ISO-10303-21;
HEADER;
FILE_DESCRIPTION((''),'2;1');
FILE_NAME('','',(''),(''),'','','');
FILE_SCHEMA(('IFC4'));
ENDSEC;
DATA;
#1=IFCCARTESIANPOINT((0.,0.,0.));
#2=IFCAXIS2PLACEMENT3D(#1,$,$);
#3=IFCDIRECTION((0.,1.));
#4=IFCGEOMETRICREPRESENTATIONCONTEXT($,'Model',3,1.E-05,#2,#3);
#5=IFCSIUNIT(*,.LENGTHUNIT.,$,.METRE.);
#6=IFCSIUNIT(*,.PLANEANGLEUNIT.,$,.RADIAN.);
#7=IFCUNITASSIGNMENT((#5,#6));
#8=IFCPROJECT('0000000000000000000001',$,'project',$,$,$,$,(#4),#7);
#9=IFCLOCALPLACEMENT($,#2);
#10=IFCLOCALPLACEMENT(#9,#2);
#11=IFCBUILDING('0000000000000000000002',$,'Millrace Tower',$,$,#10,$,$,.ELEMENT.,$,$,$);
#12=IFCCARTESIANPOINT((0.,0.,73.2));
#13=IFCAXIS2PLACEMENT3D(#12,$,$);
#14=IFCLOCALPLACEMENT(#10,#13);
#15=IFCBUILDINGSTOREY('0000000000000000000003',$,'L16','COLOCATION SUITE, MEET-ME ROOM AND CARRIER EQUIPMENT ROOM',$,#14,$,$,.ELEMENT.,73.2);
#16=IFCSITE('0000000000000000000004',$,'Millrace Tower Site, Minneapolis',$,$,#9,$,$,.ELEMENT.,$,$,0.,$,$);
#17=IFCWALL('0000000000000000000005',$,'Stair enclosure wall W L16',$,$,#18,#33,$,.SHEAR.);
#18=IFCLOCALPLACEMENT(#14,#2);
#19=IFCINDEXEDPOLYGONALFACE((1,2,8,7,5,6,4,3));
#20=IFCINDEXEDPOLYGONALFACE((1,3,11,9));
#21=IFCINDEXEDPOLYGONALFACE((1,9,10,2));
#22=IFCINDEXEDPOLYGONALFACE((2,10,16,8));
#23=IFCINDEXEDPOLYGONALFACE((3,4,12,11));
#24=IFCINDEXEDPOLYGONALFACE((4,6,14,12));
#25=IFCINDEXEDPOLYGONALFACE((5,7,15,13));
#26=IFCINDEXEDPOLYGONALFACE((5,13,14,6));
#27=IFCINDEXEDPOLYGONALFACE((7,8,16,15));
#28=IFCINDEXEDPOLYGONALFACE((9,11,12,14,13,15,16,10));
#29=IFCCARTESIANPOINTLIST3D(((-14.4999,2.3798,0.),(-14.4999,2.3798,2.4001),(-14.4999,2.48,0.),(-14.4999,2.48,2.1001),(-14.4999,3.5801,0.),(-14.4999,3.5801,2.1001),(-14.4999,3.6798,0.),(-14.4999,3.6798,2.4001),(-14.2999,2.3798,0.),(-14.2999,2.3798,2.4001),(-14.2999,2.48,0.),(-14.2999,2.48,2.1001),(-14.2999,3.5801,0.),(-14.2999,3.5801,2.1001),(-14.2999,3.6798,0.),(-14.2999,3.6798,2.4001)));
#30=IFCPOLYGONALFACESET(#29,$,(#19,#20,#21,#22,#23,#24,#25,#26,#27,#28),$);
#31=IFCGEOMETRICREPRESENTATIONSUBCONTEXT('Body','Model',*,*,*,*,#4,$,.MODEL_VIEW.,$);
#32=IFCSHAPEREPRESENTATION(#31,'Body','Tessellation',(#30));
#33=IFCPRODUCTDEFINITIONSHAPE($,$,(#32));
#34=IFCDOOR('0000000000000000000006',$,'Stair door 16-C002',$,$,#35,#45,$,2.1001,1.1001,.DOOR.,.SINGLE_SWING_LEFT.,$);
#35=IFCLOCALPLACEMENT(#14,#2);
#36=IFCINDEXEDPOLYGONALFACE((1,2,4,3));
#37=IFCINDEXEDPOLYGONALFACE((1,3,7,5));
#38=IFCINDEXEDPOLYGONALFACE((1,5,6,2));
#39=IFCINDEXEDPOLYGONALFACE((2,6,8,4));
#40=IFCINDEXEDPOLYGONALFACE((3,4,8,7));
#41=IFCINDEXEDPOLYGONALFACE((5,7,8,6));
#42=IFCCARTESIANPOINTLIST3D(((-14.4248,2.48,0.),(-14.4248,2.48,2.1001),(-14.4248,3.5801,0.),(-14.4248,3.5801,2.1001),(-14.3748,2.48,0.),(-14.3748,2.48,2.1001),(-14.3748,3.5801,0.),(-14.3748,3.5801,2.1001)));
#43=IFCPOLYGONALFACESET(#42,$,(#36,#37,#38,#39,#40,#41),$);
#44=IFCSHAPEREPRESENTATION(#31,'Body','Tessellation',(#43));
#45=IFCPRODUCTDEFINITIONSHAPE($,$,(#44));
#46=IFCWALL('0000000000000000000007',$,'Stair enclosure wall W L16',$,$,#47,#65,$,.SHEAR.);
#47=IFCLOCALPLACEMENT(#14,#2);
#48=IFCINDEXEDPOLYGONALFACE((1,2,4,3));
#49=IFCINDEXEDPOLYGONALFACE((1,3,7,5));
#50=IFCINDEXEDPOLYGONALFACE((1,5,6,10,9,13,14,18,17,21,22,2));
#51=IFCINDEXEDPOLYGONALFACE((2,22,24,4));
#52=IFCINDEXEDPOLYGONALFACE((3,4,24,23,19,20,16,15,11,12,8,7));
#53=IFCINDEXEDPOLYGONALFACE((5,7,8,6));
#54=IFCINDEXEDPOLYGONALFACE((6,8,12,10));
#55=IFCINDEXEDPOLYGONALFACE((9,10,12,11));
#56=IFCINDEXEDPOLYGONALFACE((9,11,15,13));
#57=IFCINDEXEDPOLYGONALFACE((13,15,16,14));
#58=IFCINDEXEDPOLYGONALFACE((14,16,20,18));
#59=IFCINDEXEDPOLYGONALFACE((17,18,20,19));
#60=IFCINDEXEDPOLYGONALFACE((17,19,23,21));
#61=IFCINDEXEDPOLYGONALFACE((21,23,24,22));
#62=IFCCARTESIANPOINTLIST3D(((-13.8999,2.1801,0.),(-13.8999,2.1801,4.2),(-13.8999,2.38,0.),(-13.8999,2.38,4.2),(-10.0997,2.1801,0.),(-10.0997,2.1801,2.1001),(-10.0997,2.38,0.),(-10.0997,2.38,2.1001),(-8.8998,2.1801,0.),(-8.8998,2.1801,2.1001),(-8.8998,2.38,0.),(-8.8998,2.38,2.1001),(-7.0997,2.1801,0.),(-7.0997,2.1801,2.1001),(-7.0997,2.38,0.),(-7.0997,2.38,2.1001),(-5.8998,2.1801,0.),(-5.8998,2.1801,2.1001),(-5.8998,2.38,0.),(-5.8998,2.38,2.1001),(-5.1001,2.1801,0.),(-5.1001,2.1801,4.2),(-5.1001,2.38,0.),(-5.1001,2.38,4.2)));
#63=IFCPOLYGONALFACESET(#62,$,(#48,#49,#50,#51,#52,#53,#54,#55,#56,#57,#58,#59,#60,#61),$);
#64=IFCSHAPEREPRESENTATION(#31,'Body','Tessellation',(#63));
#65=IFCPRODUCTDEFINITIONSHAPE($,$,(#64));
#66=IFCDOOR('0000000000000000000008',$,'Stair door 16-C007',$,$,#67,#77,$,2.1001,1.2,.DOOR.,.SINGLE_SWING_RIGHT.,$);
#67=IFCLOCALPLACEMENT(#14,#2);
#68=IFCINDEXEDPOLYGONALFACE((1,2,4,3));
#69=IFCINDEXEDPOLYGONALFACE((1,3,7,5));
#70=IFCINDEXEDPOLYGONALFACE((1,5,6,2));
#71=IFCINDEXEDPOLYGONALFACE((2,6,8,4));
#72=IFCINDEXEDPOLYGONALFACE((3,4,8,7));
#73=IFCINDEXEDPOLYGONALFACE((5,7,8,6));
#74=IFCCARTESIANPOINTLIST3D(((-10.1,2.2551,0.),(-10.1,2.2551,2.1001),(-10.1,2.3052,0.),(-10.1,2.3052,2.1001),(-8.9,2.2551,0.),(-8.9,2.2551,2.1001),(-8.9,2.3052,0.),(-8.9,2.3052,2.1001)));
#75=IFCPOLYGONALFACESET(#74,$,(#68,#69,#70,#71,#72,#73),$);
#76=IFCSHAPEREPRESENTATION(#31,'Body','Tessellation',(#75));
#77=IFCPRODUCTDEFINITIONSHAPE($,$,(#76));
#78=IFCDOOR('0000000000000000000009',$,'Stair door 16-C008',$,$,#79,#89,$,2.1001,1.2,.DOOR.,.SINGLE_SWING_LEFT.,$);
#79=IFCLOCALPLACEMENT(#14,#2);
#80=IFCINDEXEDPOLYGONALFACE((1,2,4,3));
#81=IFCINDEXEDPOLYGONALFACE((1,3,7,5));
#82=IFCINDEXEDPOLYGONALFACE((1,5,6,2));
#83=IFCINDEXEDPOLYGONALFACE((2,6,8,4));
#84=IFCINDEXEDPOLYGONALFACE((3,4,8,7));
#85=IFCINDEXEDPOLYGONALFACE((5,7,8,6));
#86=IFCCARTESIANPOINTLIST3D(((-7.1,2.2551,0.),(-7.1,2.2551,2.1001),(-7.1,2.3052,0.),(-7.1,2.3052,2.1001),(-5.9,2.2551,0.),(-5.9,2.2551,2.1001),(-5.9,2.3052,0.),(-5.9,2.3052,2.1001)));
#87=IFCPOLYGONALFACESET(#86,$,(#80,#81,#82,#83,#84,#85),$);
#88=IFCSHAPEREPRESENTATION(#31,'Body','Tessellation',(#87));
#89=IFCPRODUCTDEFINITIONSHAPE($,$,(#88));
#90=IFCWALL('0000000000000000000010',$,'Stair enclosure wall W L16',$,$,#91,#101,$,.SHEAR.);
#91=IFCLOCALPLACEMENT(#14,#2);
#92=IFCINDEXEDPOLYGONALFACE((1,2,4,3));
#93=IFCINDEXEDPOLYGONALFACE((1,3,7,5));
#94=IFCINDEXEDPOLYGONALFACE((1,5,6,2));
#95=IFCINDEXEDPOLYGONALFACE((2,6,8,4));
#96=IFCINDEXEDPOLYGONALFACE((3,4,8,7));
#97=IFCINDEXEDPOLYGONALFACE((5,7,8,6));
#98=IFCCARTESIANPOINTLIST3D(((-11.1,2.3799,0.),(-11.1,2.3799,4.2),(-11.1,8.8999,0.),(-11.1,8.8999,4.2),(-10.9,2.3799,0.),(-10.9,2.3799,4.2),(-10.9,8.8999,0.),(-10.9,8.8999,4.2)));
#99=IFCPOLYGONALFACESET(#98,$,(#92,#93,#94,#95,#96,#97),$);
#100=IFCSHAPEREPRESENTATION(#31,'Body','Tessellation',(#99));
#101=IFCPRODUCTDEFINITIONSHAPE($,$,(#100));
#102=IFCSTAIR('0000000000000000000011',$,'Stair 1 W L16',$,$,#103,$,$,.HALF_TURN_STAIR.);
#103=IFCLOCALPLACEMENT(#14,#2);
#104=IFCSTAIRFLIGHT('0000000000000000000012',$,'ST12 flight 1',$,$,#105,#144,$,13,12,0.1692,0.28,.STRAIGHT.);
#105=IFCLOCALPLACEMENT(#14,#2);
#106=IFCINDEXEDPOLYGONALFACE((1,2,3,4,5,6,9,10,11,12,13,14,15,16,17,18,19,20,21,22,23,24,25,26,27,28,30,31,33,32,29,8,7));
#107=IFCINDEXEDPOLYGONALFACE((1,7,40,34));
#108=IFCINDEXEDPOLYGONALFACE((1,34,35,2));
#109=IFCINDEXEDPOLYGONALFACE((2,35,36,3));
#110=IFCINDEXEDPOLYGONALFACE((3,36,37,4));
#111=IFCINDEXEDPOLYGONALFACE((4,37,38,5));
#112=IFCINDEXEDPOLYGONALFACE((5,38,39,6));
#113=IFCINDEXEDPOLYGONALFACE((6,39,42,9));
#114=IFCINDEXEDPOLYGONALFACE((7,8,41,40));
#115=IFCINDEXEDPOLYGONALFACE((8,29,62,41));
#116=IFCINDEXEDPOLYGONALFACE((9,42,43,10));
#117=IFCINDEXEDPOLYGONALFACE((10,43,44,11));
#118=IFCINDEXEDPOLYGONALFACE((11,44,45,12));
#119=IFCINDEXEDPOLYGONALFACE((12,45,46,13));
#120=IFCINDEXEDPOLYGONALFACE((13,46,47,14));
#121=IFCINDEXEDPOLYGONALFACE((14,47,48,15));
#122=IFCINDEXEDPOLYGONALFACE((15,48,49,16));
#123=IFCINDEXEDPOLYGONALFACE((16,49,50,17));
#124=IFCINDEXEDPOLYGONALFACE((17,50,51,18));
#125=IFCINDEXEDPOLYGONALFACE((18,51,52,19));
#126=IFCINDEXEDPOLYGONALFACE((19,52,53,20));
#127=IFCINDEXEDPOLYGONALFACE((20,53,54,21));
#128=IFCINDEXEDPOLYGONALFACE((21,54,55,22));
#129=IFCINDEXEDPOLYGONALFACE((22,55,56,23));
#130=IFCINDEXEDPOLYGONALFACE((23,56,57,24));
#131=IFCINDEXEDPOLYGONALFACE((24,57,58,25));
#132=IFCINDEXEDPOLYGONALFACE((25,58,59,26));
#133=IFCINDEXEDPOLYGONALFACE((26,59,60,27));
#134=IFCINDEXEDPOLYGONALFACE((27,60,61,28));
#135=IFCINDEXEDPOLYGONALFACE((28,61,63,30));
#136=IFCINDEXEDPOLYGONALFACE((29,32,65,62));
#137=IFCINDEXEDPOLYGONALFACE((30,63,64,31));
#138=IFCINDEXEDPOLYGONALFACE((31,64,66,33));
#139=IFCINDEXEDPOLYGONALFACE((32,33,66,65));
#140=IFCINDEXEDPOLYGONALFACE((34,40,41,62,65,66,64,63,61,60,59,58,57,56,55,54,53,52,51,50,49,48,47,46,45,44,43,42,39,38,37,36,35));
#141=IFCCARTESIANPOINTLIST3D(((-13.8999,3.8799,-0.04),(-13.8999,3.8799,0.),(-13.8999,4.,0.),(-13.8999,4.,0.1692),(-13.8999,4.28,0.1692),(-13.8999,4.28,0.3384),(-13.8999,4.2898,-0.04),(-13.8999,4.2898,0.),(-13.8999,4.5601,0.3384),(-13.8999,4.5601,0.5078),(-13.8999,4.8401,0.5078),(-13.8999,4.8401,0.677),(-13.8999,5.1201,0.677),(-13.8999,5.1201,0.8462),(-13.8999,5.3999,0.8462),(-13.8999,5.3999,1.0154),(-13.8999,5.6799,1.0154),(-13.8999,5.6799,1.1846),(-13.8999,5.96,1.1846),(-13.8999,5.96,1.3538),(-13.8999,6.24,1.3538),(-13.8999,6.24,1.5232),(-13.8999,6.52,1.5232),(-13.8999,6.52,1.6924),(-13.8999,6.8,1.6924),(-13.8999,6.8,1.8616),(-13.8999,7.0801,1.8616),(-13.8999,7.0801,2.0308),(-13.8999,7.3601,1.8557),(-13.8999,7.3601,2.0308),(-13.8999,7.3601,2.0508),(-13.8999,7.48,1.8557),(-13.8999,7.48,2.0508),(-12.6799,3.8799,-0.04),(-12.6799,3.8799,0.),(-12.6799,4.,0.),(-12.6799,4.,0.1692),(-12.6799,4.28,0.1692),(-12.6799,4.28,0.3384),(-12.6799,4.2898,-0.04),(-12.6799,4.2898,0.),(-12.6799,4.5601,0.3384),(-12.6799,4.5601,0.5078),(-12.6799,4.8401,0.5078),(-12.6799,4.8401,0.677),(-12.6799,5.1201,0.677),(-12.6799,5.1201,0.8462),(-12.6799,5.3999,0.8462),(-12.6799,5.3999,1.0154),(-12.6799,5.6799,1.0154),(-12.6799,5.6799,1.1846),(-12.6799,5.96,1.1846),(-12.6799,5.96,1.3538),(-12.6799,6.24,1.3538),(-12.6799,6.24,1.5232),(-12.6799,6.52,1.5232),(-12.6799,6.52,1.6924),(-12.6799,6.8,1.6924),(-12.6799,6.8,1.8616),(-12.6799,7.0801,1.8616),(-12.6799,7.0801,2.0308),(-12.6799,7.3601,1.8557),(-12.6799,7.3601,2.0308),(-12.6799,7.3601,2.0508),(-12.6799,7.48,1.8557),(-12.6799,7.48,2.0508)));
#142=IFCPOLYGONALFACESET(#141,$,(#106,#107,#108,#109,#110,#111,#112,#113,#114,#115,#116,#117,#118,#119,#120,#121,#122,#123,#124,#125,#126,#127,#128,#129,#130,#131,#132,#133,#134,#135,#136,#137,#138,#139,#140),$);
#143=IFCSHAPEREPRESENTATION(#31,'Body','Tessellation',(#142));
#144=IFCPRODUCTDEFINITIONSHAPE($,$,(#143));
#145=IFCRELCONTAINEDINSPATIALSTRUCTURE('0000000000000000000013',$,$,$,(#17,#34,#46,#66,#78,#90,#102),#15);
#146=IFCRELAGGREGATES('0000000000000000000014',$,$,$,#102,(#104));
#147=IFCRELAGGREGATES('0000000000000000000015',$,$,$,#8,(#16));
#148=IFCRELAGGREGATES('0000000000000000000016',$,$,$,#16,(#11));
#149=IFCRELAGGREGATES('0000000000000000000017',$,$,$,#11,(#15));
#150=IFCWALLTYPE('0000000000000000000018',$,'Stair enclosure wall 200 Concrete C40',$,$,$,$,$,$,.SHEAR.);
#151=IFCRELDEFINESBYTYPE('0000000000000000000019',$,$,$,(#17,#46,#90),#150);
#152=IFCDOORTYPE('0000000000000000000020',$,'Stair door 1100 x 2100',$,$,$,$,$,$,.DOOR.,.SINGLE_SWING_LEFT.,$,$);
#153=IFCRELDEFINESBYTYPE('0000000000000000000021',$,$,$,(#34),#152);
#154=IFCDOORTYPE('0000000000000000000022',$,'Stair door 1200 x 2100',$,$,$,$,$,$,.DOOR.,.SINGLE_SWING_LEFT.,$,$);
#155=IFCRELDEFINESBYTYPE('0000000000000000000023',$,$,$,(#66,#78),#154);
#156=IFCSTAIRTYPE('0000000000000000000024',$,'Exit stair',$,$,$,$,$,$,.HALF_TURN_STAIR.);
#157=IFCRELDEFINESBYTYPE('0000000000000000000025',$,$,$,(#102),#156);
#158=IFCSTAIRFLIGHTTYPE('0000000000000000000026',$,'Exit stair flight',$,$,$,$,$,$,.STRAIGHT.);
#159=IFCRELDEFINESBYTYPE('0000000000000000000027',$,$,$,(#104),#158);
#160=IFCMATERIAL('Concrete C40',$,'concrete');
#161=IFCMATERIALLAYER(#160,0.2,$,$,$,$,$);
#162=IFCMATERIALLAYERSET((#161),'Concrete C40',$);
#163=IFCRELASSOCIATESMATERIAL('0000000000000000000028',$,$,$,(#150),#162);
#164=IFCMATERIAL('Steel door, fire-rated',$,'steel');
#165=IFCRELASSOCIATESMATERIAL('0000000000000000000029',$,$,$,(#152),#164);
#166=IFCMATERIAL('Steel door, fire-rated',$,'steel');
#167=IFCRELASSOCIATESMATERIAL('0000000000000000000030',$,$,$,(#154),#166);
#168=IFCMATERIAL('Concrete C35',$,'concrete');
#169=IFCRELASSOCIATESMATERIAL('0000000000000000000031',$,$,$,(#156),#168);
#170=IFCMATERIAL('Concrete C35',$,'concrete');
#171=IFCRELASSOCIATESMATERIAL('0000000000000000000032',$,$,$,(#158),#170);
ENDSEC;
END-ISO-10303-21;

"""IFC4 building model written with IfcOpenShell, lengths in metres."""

from ifc_helpers import new_model, si_unit, direction, frame, frame_2d, origin, place, context, subcontext, project, spatial, polyline, rectangle, outline, extrude, material, layer, layer_set, type_object, element, fill, aggregate, save


model = new_model("IFC4")

# Units and contexts
model_context = context("Model", 3, precision=1e-05, world=origin(), true_north=direction((0.0, 1.0)))
body_context = subcontext(model_context, "Body", "Model", "MODEL_VIEW")
ifc_project = project(units=[si_unit("LENGTHUNIT", "METRE"), si_unit("PLANEANGLEUNIT", "RADIAN")], contexts=[model_context])

# Site, building, storey
site_placement = place(None, origin())
site = spatial("IfcSite", under=ifc_project, at=site_placement, Name="Millrace Tower Site, Minneapolis", CompositionType="ELEMENT", RefElevation=0.0)
building_placement = place(site_placement, origin())
building = spatial("IfcBuilding", under=site, at=building_placement, Name="Millrace Tower", CompositionType="ELEMENT")
storey_placement = place(building_placement, frame((0.0, 0.0, 73.2)))
storey = spatial("IfcBuildingStorey", under=building, at=storey_placement, Name="L16", Description="COLOCATION SUITE, MEET-ME ROOM AND CARRIER EQUIPMENT ROOM", CompositionType="ELEMENT", Elevation=73.2)

# Shared definitions
placement = place(storey_placement, origin())

# Wall, opening, door
ifc_material_1 = material(Name="Concrete C40", Category="concrete")
ifc_layer_1 = layer(ifc_material_1, 0.2)
ifc_layer_set_1 = layer_set([ifc_layer_1], Name="Concrete C40")
wall_type_1 = type_object("IfcWallType", Name="Stair enclosure wall 200 Concrete C40", PredefinedType="SHEAR", material=ifc_layer_set_1)
wall_1_placement = place(storey_placement, frame((-14.3999, 2.3799, 0.0), z_axis=(0.0, 0.0, 1.0), x_axis=(0.0, 1.0, 0.0)))
wall_1 = element("IfcWall", 1, at=wall_1_placement, inside=storey, type_object=wall_type_1, Name="Stair enclosure wall W L16", PredefinedType="SHEAR", context=body_context, shape_type="SweptSolid", body=[
    extrude(rectangle(XDim=1.3, YDim=0.2, at=frame_2d((0.6499, 0.0))), origin(), (0.0, 0.0, 1.0), 2.4001),
])
opening_1_placement = place(wall_1_placement, frame((0.1001, 0.0, 0.0)))
opening_1 = element("IfcOpeningElement", 2, at=opening_1_placement, cuts=wall_1, PredefinedType="OPENING", context=body_context, shape_type="SweptSolid", body=[
    extrude(rectangle(XDim=1.1001, YDim=2.1001, at=frame_2d((0.55, 1.05))), frame((0.0, 0.1099, 0.0), z_axis=(0.0, -1.0, 0.0), x_axis=(1.0, 0.0, 0.0)), (0.0, 0.0, 1.0), 0.22),
])
ifc_material_2 = material(Name="Steel door, fire-rated", Category="steel")
door_type_1 = type_object("IfcDoorType", Name="Stair door 1100 x 2100", OperationType="SINGLE_SWING_LEFT", PredefinedType="DOOR", material=ifc_material_2)
door_1_placement = place(opening_1_placement, origin())
door_1 = element("IfcDoor", 3, at=door_1_placement, inside=storey, type_object=door_type_1, Name="Stair door 16-C002", OperationType="SINGLE_SWING_LEFT", OverallHeight=2.1001, OverallWidth=1.1001, PredefinedType="DOOR", context=body_context, shape_type="SweptSolid", body=[
    extrude(rectangle(XDim=1.1001, YDim=2.1001, at=frame_2d((0.55, 1.05))), frame((0.0, 0.0249, 0.0), z_axis=(0.0, -1.0, 0.0), x_axis=(1.0, 0.0, 0.0)), (0.0, 0.0, 1.0), 0.05),
])
fill(opening_1, door_1)

# Wall, openings, doors
wall_2_placement = place(storey_placement, frame((-13.8999, 2.28, 0.0), z_axis=(0.0, 0.0, 1.0), x_axis=(1.0, 0.0, 0.0)))
wall_2 = element("IfcWall", 4, at=wall_2_placement, inside=storey, type_object=wall_type_1, Name="Stair enclosure wall W L16", PredefinedType="SHEAR", context=body_context, shape_type="SweptSolid", body=[
    extrude(rectangle(XDim=8.7998, YDim=0.2, at=frame_2d((4.3999, 0.0))), origin(), (0.0, 0.0, 1.0), 4.2),
])
opening_2_placement = place(wall_2_placement, frame((3.8, 0.0, 0.0)))
opening_2 = element("IfcOpeningElement", 5, at=opening_2_placement, cuts=wall_2, PredefinedType="OPENING", context=body_context, shape_type="SweptSolid", body=[
    extrude(rectangle(XDim=1.2, YDim=2.1001, at=frame_2d((0.6001, 1.05))), frame((0.0, 0.1099, 0.0), z_axis=(0.0, -1.0, 0.0), x_axis=(1.0, 0.0, 0.0)), (0.0, 0.0, 1.0), 0.22),
])
opening_3_placement = place(wall_2_placement, frame((6.8, 0.0, 0.0)))
opening_3 = element("IfcOpeningElement", 6, at=opening_3_placement, cuts=wall_2, PredefinedType="OPENING", context=body_context, shape_type="SweptSolid", body=[
    extrude(rectangle(XDim=1.2, YDim=2.1001, at=frame_2d((0.6001, 1.05))), frame((0.0, 0.1099, 0.0), z_axis=(0.0, -1.0, 0.0), x_axis=(1.0, 0.0, 0.0)), (0.0, 0.0, 1.0), 0.22),
])
ifc_material_3 = material(Name="Steel door, fire-rated", Category="steel")
door_type_2 = type_object("IfcDoorType", Name="Stair door 1200 x 2100", OperationType="SINGLE_SWING_LEFT", PredefinedType="DOOR", material=ifc_material_3)
door_2_placement = place(opening_2_placement, frame((1.2, 0.0, 0.0), z_axis=(0.0, 0.0, 1.0), x_axis=(-1.0, 0.0, 0.0)))
door_2 = element("IfcDoor", 7, at=door_2_placement, inside=storey, type_object=door_type_2, Name="Stair door 16-C007", OperationType="SINGLE_SWING_RIGHT", OverallHeight=2.1001, OverallWidth=1.2, PredefinedType="DOOR", context=body_context, shape_type="SweptSolid", body=[
    extrude(rectangle(XDim=1.2, YDim=2.1001, at=frame_2d((0.6001, 1.05))), frame((0.0, 0.0249, 0.0), z_axis=(0.0, -1.0, 0.0), x_axis=(1.0, 0.0, 0.0)), (0.0, 0.0, 1.0), 0.05),
])
fill(opening_2, door_2)
door_3_placement = place(opening_3_placement, frame((1.2, 0.0, 0.0), z_axis=(0.0, 0.0, 1.0), x_axis=(-1.0, 0.0, 0.0)))
door_3 = element("IfcDoor", 8, at=door_3_placement, inside=storey, type_object=door_type_2, Name="Stair door 16-C008", OperationType="SINGLE_SWING_LEFT", OverallHeight=2.1001, OverallWidth=1.2, PredefinedType="DOOR", context=body_context, shape_type="SweptSolid", body=[
    extrude(rectangle(XDim=1.2, YDim=2.1001, at=frame_2d((0.6001, 1.05))), frame((0.0, 0.0249, 0.0), z_axis=(0.0, -1.0, 0.0), x_axis=(1.0, 0.0, 0.0)), (0.0, 0.0, 1.0), 0.05),
])
fill(opening_3, door_3)

# Wall
wall_3_placement = place(storey_placement, frame((-11.0, 2.3799, 0.0), z_axis=(0.0, 0.0, 1.0), x_axis=(0.0, 1.0, 0.0)))
element("IfcWall", 9, at=wall_3_placement, inside=storey, type_object=wall_type_1, Name="Stair enclosure wall W L16", PredefinedType="SHEAR", context=body_context, shape_type="SweptSolid", body=[
    extrude(rectangle(XDim=6.52, YDim=0.2, at=frame_2d((3.26, 0.0))), origin(), (0.0, 0.0, 1.0), 4.2),
])

# Stair, stair flight
ifc_material_4 = material(Name="Concrete C35", Category="concrete")
stair_type = type_object("IfcStairType", Name="Exit stair", PredefinedType="HALF_TURN_STAIR", material=ifc_material_4)
stair_1 = element("IfcStair", 10, at=placement, inside=storey, type_object=stair_type, Name="Stair 1 W L16", PredefinedType="HALF_TURN_STAIR")
ifc_material_5 = material(Name="Concrete C35", Category="concrete")
stair_flight_type = type_object("IfcStairFlightType", Name="Exit stair flight", PredefinedType="STRAIGHT", material=ifc_material_5)
stair_flight_1_placement = place(storey_placement, frame((-13.29, 4.0, 0.0), z_axis=(0.0, 0.0, 1.0), x_axis=(0.0, 1.0, 0.0)))
stair_flight_1 = element("IfcStairFlight", 11, at=stair_flight_1_placement, type_object=stair_flight_type, Name="ST12 flight 1", NumberOfRisers=13, NumberOfTreads=12, PredefinedType="STRAIGHT", RiserHeight=0.1692, TreadLength=0.28, context=body_context, shape_type="SweptSolid", body=[
    extrude(outline(polyline([(-0.1201, -0.04), (-0.1201, 0.0), (0.0, 0.0), (0.0, 0.1692), (0.28, 0.1692), (0.28, 0.3384), (0.5601, 0.3384), (0.5601, 0.5078), (0.8401, 0.5078), (0.8401, 0.677), (1.1201, 0.677), (1.1201, 0.8462), (1.3999, 0.8462), (1.3999, 1.0154), (1.6799, 1.0154), (1.6799, 1.1846), (1.96, 1.1846), (1.96, 1.3538), (2.24, 1.3538), (2.24, 1.5232), (2.52, 1.5232), (2.52, 1.6924), (2.8, 1.6924), (2.8, 1.8616), (3.0801, 1.8616), (3.0801, 2.0308), (3.3601, 2.0308), (3.3601, 2.0508), (3.48, 2.0508), (3.48, 1.8557), (3.3601, 1.8557), (0.2898, 0.0), (0.2898, -0.04), (-0.1201, -0.04)])), frame((0.0, 0.6099, 0.0), z_axis=(0.0, -1.0, 0.0), x_axis=(1.0, 0.0, 0.0)), (0.0, 0.0, 1.0), 1.22),
])
aggregate(stair_1, [stair_flight_1])

save(model, "model.ifc")
